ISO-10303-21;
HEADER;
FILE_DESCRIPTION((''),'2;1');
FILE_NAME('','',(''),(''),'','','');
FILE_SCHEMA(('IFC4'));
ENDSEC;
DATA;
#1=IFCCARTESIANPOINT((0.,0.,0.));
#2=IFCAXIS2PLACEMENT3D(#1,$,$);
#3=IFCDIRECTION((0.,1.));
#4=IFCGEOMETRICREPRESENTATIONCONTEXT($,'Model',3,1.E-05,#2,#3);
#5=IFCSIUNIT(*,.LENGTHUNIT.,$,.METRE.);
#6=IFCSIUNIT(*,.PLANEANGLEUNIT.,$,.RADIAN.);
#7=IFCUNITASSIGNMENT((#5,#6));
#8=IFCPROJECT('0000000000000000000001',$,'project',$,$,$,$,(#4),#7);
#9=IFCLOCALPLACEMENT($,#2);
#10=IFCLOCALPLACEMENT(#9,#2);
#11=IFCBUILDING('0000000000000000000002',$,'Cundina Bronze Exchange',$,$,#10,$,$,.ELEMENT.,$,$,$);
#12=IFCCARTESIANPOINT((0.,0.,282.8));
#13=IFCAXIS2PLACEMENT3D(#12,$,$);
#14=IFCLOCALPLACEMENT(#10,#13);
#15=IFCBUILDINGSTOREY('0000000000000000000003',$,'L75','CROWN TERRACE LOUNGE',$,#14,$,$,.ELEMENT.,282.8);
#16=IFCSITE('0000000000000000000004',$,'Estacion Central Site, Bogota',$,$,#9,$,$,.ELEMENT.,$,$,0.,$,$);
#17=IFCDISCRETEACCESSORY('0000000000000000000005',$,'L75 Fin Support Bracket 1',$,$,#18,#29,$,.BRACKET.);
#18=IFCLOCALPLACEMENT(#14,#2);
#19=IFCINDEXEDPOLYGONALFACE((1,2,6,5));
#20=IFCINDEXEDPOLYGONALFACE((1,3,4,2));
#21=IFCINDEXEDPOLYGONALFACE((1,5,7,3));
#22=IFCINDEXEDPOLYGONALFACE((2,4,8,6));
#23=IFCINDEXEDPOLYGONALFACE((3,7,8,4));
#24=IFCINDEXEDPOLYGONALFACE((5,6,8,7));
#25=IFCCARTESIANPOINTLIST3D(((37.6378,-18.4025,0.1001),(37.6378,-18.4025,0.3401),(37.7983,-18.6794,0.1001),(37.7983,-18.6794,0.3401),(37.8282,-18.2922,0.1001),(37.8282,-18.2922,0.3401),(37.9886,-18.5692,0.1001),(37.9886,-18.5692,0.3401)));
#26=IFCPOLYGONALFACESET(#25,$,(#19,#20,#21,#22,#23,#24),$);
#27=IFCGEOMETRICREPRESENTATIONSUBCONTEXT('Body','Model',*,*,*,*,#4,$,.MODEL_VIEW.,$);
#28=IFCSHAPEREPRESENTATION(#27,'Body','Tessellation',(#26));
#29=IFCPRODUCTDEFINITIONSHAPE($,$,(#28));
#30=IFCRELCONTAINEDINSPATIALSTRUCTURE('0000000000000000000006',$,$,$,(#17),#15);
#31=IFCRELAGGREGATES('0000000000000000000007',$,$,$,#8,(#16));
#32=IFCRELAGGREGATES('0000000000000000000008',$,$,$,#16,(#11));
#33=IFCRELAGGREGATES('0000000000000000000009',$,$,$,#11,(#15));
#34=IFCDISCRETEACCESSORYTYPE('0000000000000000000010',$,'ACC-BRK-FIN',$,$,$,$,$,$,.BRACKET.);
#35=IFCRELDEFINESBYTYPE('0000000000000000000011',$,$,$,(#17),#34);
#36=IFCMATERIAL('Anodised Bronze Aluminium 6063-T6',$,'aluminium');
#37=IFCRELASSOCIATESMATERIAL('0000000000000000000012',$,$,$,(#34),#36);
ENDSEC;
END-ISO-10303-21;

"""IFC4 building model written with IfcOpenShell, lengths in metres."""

from ifc_helpers import new_model, si_unit, direction, frame, origin, origin_2d, place, context, subcontext, project, spatial, rectangle, extrude, material, type_object, element, save


model = new_model("IFC4")

# Units and contexts
model_context = context("Model", 3, precision=1e-05, world=origin(), true_north=direction((0.0, 1.0)))
body_context = subcontext(model_context, "Body", "Model", "MODEL_VIEW")
ifc_project = project(units=[si_unit("LENGTHUNIT", "METRE"), si_unit("PLANEANGLEUNIT", "RADIAN")], contexts=[model_context])

# Site, building, storey
site_placement = place(None, origin())
site = spatial("IfcSite", under=ifc_project, at=site_placement, Name="Estacion Central Site, Bogota", CompositionType="ELEMENT", RefElevation=0.0)
building_placement = place(site_placement, origin())
building = spatial("IfcBuilding", under=site, at=building_placement, Name="Cundina Bronze Exchange", CompositionType="ELEMENT")
storey_placement = place(building_placement, frame((0.0, 0.0, 282.8)))
storey = spatial("IfcBuildingStorey", under=building, at=storey_placement, Name="L75", Description="CROWN TERRACE LOUNGE", CompositionType="ELEMENT", Elevation=282.8)

# Shared definitions
ifc_material_1 = material(Name="Anodised Bronze Aluminium 6063-T6", Category="aluminium")

# Discrete accessory
discrete_accessory_type = type_object("IfcDiscreteAccessoryType", Name="ACC-BRK-FIN", PredefinedType="BRACKET", material=ifc_material_1)
discrete_accessory_placement = place(storey_placement, frame((37.8132, -18.4858, 0.1001), z_axis=(0.0, 0.0, 1.0), x_axis=(0.865309, 0.501239, 0.0)))
element("IfcDiscreteAccessory", 1, at=discrete_accessory_placement, inside=storey, type_object=discrete_accessory_type, Name="L75 Fin Support Bracket 1", PredefinedType="BRACKET", context=body_context, shape_type="SweptSolid", body=[
    extrude(rectangle(XDim=0.22, YDim=0.3201, at=origin_2d()), origin(), (0.0, 0.0, 1.0), 0.24),
])

save(model, "model.ifc")
